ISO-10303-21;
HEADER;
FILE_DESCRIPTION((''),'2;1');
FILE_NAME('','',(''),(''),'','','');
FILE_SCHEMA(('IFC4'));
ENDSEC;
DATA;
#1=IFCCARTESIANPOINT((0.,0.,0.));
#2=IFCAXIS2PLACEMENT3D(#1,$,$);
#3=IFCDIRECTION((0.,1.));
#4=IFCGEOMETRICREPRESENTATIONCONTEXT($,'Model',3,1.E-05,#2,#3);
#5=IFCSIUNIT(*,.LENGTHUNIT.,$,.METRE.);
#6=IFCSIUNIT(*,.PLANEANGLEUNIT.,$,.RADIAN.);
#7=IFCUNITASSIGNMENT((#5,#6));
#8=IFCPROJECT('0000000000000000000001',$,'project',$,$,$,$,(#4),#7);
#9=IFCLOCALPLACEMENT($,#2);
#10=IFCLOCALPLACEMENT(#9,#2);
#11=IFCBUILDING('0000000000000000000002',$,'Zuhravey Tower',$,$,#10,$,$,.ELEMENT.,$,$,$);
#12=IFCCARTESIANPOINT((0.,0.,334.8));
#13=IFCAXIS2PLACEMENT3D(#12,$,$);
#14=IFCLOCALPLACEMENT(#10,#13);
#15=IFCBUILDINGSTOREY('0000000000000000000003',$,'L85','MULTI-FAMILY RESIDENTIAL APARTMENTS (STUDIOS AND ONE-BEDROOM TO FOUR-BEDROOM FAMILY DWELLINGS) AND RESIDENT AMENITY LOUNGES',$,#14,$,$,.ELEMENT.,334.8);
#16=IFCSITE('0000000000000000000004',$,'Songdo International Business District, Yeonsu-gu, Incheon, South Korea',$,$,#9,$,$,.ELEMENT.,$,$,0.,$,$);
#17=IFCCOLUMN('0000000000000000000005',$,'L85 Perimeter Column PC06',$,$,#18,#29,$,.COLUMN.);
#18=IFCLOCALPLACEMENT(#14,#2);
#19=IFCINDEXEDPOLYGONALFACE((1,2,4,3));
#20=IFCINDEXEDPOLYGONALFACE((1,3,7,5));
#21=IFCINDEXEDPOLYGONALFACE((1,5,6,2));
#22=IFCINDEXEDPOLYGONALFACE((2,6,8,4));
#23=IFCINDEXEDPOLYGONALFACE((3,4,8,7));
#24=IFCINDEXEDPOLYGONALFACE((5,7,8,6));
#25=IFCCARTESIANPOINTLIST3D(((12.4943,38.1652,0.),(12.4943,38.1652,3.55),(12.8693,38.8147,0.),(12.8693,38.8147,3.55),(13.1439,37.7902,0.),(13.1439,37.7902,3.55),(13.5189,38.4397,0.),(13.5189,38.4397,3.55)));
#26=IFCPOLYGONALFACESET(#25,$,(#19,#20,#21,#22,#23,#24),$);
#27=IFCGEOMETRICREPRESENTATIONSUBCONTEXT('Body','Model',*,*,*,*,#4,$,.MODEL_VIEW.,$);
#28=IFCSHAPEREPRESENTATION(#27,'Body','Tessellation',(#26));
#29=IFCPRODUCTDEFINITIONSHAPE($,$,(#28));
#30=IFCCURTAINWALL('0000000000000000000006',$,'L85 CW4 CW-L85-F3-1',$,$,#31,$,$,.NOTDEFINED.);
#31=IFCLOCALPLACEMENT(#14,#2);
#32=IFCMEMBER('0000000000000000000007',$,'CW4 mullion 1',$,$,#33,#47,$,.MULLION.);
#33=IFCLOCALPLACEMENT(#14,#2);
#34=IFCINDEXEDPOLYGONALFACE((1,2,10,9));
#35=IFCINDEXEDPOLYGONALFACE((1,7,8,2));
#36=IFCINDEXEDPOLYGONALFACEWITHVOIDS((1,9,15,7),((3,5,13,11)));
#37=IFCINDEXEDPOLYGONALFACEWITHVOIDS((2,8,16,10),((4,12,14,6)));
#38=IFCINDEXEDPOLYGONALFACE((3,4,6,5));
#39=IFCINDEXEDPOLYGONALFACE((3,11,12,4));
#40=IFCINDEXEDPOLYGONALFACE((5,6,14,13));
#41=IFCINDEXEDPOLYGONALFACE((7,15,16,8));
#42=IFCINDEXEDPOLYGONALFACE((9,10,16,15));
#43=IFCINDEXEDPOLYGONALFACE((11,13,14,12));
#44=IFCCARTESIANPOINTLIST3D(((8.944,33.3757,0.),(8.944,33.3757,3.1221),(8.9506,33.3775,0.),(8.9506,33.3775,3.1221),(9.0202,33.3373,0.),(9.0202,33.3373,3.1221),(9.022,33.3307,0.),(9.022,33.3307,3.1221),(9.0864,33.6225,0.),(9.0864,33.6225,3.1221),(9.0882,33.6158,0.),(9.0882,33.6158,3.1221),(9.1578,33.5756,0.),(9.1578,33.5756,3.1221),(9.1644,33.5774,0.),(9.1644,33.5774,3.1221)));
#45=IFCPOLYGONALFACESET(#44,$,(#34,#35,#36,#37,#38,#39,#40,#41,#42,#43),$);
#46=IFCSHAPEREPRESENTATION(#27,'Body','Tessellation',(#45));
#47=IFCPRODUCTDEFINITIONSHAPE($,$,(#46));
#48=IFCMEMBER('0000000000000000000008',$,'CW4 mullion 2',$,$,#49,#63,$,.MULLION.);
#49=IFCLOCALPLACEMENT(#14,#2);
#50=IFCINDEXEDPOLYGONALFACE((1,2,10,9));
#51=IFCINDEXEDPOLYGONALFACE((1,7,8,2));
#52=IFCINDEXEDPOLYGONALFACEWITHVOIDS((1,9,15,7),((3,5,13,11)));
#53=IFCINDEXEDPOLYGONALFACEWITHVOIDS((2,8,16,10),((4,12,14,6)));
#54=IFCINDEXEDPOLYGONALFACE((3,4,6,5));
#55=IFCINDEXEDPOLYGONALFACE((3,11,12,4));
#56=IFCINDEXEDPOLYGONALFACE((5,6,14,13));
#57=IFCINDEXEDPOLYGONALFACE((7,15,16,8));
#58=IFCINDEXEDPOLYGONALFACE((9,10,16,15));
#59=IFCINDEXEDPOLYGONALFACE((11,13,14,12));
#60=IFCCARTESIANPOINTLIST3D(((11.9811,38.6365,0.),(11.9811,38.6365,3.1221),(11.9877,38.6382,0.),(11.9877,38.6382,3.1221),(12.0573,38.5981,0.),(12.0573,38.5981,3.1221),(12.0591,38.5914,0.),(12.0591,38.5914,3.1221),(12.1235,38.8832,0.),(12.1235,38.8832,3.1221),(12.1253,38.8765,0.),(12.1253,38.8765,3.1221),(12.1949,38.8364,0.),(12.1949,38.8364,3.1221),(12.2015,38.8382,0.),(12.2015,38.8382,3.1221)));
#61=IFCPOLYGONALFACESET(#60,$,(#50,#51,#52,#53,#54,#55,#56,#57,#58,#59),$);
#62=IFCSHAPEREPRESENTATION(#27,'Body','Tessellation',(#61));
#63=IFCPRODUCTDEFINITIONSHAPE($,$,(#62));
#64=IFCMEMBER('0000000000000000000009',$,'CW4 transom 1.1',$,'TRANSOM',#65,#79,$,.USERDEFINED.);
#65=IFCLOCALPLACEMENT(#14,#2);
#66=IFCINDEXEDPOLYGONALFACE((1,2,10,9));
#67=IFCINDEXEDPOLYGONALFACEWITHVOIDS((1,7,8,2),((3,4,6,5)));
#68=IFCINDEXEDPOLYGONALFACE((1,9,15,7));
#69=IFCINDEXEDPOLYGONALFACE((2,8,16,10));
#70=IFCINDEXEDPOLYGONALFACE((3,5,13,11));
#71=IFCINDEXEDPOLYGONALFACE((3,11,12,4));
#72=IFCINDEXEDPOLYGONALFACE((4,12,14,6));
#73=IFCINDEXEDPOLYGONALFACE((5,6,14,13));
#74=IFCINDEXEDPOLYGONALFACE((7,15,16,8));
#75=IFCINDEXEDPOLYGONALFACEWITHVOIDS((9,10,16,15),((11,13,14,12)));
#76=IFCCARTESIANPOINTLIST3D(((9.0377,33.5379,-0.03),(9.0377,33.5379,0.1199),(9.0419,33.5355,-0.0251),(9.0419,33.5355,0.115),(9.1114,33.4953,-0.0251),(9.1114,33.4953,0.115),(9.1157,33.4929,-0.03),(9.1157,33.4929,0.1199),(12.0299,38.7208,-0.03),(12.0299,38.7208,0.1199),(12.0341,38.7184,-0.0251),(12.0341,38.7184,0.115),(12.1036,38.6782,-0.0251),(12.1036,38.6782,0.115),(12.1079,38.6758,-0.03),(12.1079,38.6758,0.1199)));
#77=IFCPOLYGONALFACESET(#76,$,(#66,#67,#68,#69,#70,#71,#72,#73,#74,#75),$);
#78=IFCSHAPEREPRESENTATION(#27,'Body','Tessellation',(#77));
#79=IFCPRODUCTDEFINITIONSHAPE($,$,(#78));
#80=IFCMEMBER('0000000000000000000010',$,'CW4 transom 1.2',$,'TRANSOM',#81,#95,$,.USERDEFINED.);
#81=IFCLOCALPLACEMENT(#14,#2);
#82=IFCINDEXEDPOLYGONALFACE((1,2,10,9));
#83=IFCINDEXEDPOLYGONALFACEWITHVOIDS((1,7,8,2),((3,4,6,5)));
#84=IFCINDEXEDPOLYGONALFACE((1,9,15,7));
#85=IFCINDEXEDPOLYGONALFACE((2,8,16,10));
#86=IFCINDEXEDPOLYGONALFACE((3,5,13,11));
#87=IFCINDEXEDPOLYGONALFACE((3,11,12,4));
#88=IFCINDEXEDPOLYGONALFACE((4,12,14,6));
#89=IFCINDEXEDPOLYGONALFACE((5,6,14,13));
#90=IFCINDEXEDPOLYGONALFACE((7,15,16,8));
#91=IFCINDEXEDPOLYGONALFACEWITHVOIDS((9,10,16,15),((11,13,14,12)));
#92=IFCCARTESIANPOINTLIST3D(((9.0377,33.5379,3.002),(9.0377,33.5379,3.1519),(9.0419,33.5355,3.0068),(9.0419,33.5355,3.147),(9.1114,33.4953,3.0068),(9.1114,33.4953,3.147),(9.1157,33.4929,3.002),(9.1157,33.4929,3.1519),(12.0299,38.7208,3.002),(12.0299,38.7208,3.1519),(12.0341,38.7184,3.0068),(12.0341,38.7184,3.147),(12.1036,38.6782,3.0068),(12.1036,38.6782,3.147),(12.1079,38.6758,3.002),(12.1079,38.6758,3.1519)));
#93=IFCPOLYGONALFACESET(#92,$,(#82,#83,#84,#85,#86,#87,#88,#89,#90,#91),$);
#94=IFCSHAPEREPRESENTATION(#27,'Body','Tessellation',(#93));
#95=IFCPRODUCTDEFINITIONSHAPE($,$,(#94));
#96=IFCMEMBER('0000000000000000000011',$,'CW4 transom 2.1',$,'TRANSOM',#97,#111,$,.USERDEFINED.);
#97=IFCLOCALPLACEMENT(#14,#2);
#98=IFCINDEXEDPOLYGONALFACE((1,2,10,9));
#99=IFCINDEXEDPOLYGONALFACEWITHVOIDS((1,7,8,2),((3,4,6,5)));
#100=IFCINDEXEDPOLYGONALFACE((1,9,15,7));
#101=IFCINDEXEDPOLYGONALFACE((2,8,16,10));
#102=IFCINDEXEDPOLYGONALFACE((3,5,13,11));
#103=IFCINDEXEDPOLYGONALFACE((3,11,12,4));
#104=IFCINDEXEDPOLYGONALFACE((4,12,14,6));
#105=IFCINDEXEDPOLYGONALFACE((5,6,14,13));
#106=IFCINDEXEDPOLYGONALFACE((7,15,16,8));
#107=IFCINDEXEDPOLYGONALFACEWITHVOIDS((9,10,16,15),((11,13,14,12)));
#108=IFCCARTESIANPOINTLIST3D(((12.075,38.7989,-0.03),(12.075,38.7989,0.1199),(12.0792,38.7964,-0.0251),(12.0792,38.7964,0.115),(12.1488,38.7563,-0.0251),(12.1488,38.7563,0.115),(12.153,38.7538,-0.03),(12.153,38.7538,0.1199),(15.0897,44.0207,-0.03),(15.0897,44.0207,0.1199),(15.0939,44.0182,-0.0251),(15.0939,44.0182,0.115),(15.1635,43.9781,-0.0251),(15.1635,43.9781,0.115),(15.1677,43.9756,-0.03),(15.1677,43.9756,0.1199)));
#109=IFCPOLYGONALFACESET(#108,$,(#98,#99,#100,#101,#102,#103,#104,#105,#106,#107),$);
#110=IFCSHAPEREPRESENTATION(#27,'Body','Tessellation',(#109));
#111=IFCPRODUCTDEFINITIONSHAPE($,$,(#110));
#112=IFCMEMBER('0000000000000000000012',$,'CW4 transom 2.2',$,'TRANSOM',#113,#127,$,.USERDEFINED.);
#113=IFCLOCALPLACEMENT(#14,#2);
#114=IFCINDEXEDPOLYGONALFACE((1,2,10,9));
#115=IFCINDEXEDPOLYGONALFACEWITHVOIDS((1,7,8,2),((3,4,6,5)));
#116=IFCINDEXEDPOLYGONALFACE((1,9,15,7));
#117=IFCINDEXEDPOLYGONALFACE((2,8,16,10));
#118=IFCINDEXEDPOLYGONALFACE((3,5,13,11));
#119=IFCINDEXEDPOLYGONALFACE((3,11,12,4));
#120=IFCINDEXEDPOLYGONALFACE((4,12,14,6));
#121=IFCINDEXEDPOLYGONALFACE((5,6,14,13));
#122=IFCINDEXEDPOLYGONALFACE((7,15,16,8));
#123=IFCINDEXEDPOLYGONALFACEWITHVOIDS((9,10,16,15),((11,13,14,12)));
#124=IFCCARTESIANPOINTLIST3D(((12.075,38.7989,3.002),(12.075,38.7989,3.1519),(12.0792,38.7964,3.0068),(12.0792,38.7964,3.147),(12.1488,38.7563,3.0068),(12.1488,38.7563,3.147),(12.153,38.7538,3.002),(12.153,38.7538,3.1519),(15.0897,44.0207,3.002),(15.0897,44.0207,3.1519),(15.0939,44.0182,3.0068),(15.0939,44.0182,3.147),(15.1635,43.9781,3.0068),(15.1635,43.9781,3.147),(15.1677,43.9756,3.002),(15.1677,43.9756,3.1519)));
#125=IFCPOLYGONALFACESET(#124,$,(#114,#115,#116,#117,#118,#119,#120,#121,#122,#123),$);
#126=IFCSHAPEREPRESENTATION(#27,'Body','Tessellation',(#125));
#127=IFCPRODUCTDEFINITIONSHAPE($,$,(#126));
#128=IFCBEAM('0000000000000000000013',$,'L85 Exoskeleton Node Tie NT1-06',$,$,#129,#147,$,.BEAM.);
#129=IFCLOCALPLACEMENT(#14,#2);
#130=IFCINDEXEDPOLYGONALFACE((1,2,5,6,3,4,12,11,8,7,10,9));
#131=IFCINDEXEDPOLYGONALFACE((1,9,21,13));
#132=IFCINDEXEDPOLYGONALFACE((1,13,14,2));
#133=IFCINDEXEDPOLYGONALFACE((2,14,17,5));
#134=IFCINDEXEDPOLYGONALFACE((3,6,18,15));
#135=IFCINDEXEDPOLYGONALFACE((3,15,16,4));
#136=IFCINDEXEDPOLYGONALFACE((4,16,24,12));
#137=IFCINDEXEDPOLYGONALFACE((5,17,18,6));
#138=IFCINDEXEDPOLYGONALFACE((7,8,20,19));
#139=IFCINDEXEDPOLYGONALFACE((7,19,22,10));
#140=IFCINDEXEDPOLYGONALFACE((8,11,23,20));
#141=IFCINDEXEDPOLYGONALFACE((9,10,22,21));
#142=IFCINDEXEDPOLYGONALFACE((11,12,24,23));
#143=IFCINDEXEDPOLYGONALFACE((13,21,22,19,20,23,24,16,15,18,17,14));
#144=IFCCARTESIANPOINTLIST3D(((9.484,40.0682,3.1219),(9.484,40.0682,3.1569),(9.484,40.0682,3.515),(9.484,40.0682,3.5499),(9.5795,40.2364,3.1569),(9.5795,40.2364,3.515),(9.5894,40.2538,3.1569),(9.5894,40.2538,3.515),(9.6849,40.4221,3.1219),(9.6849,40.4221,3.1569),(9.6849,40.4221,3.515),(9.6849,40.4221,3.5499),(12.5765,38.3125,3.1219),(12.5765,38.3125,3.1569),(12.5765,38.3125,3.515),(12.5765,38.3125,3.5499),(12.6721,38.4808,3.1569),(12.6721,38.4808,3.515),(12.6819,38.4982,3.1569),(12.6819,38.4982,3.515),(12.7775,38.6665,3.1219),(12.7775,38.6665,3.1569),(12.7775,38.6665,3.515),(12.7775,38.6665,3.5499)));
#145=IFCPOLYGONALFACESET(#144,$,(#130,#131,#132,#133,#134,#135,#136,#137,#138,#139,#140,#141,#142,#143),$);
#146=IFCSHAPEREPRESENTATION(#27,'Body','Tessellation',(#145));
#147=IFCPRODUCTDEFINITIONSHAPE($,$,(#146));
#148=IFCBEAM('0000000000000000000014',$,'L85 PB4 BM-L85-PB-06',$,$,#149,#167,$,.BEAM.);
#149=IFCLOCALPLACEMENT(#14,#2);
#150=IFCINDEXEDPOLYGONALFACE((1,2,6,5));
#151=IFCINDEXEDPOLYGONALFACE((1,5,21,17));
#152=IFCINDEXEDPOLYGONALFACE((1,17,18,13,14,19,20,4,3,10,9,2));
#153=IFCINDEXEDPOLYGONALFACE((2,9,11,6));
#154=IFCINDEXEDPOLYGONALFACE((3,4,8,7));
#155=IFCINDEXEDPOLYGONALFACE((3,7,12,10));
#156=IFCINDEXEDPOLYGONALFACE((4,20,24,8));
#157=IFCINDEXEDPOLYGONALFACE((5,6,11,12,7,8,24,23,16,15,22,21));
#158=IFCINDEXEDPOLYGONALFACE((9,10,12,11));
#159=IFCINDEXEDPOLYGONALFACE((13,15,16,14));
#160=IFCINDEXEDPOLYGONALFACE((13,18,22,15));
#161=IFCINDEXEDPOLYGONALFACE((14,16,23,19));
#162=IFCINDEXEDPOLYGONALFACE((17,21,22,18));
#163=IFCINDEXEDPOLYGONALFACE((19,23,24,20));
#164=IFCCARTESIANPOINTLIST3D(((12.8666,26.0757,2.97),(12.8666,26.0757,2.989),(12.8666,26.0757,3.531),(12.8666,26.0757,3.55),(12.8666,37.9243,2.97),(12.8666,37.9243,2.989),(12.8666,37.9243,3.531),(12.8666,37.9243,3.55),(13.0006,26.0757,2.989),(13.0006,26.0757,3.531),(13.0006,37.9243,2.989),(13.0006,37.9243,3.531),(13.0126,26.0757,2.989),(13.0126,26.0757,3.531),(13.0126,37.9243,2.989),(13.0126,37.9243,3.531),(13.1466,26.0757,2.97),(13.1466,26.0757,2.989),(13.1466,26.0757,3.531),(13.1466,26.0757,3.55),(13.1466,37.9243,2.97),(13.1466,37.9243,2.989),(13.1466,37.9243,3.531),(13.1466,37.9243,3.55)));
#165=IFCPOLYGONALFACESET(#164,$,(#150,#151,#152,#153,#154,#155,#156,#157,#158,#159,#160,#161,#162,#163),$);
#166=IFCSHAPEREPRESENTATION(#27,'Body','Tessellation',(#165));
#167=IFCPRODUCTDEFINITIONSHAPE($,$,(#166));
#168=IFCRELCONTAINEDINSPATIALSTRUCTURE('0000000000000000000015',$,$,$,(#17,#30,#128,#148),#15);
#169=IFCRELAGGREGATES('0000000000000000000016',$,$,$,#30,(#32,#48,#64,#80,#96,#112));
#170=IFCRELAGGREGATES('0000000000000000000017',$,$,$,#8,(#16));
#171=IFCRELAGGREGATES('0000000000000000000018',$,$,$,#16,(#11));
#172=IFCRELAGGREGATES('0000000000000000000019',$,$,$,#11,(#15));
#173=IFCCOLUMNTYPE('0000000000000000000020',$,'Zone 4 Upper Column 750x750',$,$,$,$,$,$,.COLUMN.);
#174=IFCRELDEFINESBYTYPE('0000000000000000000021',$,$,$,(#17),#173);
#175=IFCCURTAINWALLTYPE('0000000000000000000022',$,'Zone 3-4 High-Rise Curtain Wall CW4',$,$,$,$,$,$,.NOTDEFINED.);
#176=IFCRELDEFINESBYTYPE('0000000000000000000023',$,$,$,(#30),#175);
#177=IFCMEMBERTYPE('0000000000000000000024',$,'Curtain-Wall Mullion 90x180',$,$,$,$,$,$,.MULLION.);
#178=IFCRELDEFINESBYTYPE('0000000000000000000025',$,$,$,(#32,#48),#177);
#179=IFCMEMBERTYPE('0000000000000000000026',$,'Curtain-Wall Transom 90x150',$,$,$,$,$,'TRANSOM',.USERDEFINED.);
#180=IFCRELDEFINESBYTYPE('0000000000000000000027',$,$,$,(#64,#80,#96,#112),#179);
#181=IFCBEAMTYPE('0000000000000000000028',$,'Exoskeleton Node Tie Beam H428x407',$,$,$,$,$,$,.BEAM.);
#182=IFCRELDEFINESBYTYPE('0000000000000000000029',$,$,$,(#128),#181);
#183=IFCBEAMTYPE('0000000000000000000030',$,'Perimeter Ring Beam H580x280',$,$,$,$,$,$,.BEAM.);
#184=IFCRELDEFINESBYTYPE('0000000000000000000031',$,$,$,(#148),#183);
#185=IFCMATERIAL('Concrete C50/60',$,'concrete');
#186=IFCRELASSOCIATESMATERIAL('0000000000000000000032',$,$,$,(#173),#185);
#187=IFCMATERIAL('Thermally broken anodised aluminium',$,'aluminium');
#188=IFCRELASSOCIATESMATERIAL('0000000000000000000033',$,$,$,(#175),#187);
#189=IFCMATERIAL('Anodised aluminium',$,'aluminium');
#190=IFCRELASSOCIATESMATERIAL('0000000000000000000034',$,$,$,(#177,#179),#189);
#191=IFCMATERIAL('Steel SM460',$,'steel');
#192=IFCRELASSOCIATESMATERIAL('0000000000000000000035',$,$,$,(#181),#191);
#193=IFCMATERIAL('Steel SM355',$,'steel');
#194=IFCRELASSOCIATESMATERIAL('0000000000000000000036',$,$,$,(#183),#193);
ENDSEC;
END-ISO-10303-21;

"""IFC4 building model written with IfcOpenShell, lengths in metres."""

from ifc_helpers import new_model, si_unit, direction, frame, origin, origin_2d, place, context, subcontext, project, spatial, rectangle, hollow_rectangle, i_section, extrude, material, material_profile, profile_set, type_object, element, aggregate, save


model = new_model("IFC4")

# Units and contexts
model_context = context("Model", 3, precision=1e-05, world=origin(), true_north=direction((0.0, 1.0)))
body_context = subcontext(model_context, "Body", "Model", "MODEL_VIEW")
ifc_project = project(units=[si_unit("LENGTHUNIT", "METRE"), si_unit("PLANEANGLEUNIT", "RADIAN")], contexts=[model_context])

# Site, building, storey
site_placement = place(None, origin())
site = spatial("IfcSite", under=ifc_project, at=site_placement, Name="Songdo International Business District, Yeonsu-gu, Incheon, South Korea", CompositionType="ELEMENT", RefElevation=0.0)
building_placement = place(site_placement, origin())
building = spatial("IfcBuilding", under=site, at=building_placement, Name="Zuhravey Tower", CompositionType="ELEMENT")
storey_placement = place(building_placement, frame((0.0, 0.0, 334.8)))
storey = spatial("IfcBuildingStorey", under=building, at=storey_placement, Name="L85", Description="MULTI-FAMILY RESIDENTIAL APARTMENTS (STUDIOS AND ONE-BEDROOM TO FOUR-BEDROOM FAMILY DWELLINGS) AND RESIDENT AMENITY LOUNGES", CompositionType="ELEMENT", Elevation=334.8)

# Column
ifc_material_1 = material(Name="Concrete C50/60", Category="concrete")
ifc_material_profile_1 = material_profile(ifc_material_1, rectangle(XDim=0.75, YDim=0.75, at=origin_2d()), Name="RC-750x750")
ifc_profile_set_1 = profile_set([ifc_material_profile_1], Name="Concrete C50/60")
column_type = type_object("IfcColumnType", Name="Zone 4 Upper Column 750x750", PredefinedType="COLUMN", material=ifc_profile_set_1)
column_placement = place(storey_placement, frame((13.0066, 38.3025, 0.0), z_axis=(0.0, 0.0, 1.0), x_axis=(-0.5, -0.866025, 0.0)))
element("IfcColumn", 1, at=column_placement, inside=storey, type_object=column_type, Name="L85 Perimeter Column PC06", PredefinedType="COLUMN", context=body_context, shape_type="SweptSolid", body=[
    extrude(rectangle(XDim=0.75, YDim=0.75, at=origin_2d()), origin(), (0.0, 0.0, 1.0), 3.55),
])

# Curtain wall, members
ifc_material_2 = material(Name="Thermally broken anodised aluminium", Category="aluminium")
curtain_wall_type = type_object("IfcCurtainWallType", Name="Zone 3-4 High-Rise Curtain Wall CW4", PredefinedType="NOTDEFINED", material=ifc_material_2)
curtain_wall_placement = place(storey_placement, origin())
curtain_wall = element("IfcCurtainWall", 2, at=curtain_wall_placement, inside=storey, type_object=curtain_wall_type, Name="L85 CW4 CW-L85-F3-1", PredefinedType="NOTDEFINED")
ifc_material_3 = material(Name="Anodised aluminium", Category="aluminium")
ifc_material_profile_2 = material_profile(ifc_material_3, hollow_rectangle(XDim=0.0901, YDim=0.2849, WallThickness=0.0049, at=origin_2d()), Name="ALU-RHS-90x285x5")
ifc_profile_set_2 = profile_set([ifc_material_profile_2], Name="Anodised aluminium")
member_type_1 = type_object("IfcMemberType", Name="Curtain-Wall Mullion 90x180", PredefinedType="MULLION", material=ifc_profile_set_2)
member_1_placement = place(storey_placement, frame((9.0542, 33.4766, 0.0), z_axis=(0.0, 0.0, 1.0), x_axis=(-0.866026, 0.5, 0.0)))
member_1 = element("IfcMember", 3, at=member_1_placement, type_object=member_type_1, Name="CW4 mullion 1", PredefinedType="MULLION", context=body_context, shape_type="SweptSolid", body=[
    extrude(hollow_rectangle(XDim=0.0901, YDim=0.2849, WallThickness=0.0049, at=origin_2d()), origin(), (0.0, 0.0, 1.0), 3.1221),
])
member_2_placement = place(storey_placement, frame((12.0913, 38.7373, 0.0), z_axis=(0.0, 0.0, 1.0), x_axis=(-0.866026, 0.5, 0.0)))
member_2 = element("IfcMember", 4, at=member_2_placement, type_object=member_type_1, Name="CW4 mullion 2", PredefinedType="MULLION", context=body_context, shape_type="SweptSolid", body=[
    extrude(hollow_rectangle(XDim=0.0901, YDim=0.2849, WallThickness=0.0049, at=origin_2d()), origin(), (0.0, 0.0, 1.0), 3.1221),
])
ifc_material_profile_3 = material_profile(ifc_material_3, hollow_rectangle(XDim=0.0901, YDim=0.1499, WallThickness=0.0049, at=origin_2d()), Name="ALU-RHS-90x150x5")
ifc_profile_set_3 = profile_set([ifc_material_profile_3], Name="Anodised aluminium")
member_type_2 = type_object("IfcMemberType", Name="Curtain-Wall Transom 90x150", ElementType="TRANSOM", PredefinedType="USERDEFINED", material=ifc_profile_set_3)
member_3_placement = place(storey_placement, frame((9.0767, 33.5154, 0.0449), z_axis=(0.499983, 0.866035, 0.0), x_axis=(-0.866035, 0.499983, 0.0)))
member_3 = element("IfcMember", 5, at=member_3_placement, type_object=member_type_2, Name="CW4 transom 1.1", ObjectType="TRANSOM", PredefinedType="USERDEFINED", context=body_context, shape_type="SweptSolid", body=[
    extrude(hollow_rectangle(XDim=0.0901, YDim=0.1499, WallThickness=0.0049, at=origin_2d()), origin(), (0.0, 0.0, 1.0), 5.9846),
])
member_4_placement = place(storey_placement, frame((9.0767, 33.5154, 3.0769), z_axis=(0.499983, 0.866035, 0.0), x_axis=(-0.866035, 0.499983, 0.0)))
member_4 = element("IfcMember", 6, at=member_4_placement, type_object=member_type_2, Name="CW4 transom 1.2", ObjectType="TRANSOM", PredefinedType="USERDEFINED", context=body_context, shape_type="SweptSolid", body=[
    extrude(hollow_rectangle(XDim=0.0901, YDim=0.1499, WallThickness=0.0049, at=origin_2d()), origin(), (0.0, 0.0, 1.0), 5.9846),
])
member_5_placement = place(storey_placement, frame((12.114, 38.7764, 0.0449), z_axis=(0.499989, 0.866032, 0.0), x_axis=(-0.866032, 0.499989, 0.0)))
member_5 = element("IfcMember", 7, at=member_5_placement, type_object=member_type_2, Name="CW4 transom 2.1", ObjectType="TRANSOM", PredefinedType="USERDEFINED", context=body_context, shape_type="SweptSolid", body=[
    extrude(hollow_rectangle(XDim=0.0901, YDim=0.1499, WallThickness=0.0049, at=origin_2d()), origin(), (0.0, 0.0, 1.0), 6.0295),
])
member_6_placement = place(storey_placement, frame((12.114, 38.7764, 3.0769), z_axis=(0.499989, 0.866032, 0.0), x_axis=(-0.866032, 0.499989, 0.0)))
member_6 = element("IfcMember", 8, at=member_6_placement, type_object=member_type_2, Name="CW4 transom 2.2", ObjectType="TRANSOM", PredefinedType="USERDEFINED", context=body_context, shape_type="SweptSolid", body=[
    extrude(hollow_rectangle(XDim=0.0901, YDim=0.1499, WallThickness=0.0049, at=origin_2d()), origin(), (0.0, 0.0, 1.0), 6.0295),
])

# Beams
ifc_material_4 = material(Name="Steel SM460", Category="steel")
ifc_material_profile_4 = material_profile(ifc_material_4, i_section(OverallWidth=0.407, OverallDepth=0.428, WebThickness=0.02, FlangeThickness=0.0349, at=origin_2d()), Name="H-428x407x20x35")
ifc_profile_set_4 = profile_set([ifc_material_profile_4], Name="Steel SM460")
beam_type_1 = type_object("IfcBeamType", Name="Exoskeleton Node Tie Beam H428x407", PredefinedType="BEAM", material=ifc_profile_set_4)
beam_1_placement = place(storey_placement, frame((12.677, 38.4895, 3.3359), z_axis=(-0.869638, 0.49369, 0.0), x_axis=(-0.49369, -0.869638, 0.0)))
element("IfcBeam", 9, at=beam_1_placement, inside=storey, type_object=beam_type_1, Name="L85 Exoskeleton Node Tie NT1-06", PredefinedType="BEAM", context=body_context, shape_type="SweptSolid", body=[
    extrude(i_section(OverallWidth=0.407, OverallDepth=0.428, WebThickness=0.02, FlangeThickness=0.0349, at=origin_2d()), origin(), (0.0, 0.0, 1.0), 3.5562),
])
ifc_material_5 = material(Name="Steel SM355", Category="steel")
ifc_material_profile_5 = material_profile(ifc_material_5, i_section(OverallWidth=0.28, OverallDepth=0.5801, WebThickness=0.012, FlangeThickness=0.019, at=origin_2d()), Name="H-580x280x12x19")
ifc_profile_set_5 = profile_set([ifc_material_profile_5], Name="Steel SM355")
beam_type_2 = type_object("IfcBeamType", Name="Perimeter Ring Beam H580x280", PredefinedType="BEAM", material=ifc_profile_set_5)
beam_2_placement = place(storey_placement, frame((13.0066, 37.9243, 3.26), z_axis=(0.0, -1.0, 0.0), x_axis=(1.0, 0.0, 0.0)))
element("IfcBeam", 10, at=beam_2_placement, inside=storey, type_object=beam_type_2, Name="L85 PB4 BM-L85-PB-06", PredefinedType="BEAM", context=body_context, shape_type="SweptSolid", body=[
    extrude(i_section(OverallWidth=0.28, OverallDepth=0.5801, WebThickness=0.012, FlangeThickness=0.019, at=origin_2d()), origin(), (0.0, 0.0, 1.0), 11.8486),
])

aggregate(curtain_wall, [member_1, member_2, member_3, member_4, member_5, member_6])

save(model, "model.ifc")
